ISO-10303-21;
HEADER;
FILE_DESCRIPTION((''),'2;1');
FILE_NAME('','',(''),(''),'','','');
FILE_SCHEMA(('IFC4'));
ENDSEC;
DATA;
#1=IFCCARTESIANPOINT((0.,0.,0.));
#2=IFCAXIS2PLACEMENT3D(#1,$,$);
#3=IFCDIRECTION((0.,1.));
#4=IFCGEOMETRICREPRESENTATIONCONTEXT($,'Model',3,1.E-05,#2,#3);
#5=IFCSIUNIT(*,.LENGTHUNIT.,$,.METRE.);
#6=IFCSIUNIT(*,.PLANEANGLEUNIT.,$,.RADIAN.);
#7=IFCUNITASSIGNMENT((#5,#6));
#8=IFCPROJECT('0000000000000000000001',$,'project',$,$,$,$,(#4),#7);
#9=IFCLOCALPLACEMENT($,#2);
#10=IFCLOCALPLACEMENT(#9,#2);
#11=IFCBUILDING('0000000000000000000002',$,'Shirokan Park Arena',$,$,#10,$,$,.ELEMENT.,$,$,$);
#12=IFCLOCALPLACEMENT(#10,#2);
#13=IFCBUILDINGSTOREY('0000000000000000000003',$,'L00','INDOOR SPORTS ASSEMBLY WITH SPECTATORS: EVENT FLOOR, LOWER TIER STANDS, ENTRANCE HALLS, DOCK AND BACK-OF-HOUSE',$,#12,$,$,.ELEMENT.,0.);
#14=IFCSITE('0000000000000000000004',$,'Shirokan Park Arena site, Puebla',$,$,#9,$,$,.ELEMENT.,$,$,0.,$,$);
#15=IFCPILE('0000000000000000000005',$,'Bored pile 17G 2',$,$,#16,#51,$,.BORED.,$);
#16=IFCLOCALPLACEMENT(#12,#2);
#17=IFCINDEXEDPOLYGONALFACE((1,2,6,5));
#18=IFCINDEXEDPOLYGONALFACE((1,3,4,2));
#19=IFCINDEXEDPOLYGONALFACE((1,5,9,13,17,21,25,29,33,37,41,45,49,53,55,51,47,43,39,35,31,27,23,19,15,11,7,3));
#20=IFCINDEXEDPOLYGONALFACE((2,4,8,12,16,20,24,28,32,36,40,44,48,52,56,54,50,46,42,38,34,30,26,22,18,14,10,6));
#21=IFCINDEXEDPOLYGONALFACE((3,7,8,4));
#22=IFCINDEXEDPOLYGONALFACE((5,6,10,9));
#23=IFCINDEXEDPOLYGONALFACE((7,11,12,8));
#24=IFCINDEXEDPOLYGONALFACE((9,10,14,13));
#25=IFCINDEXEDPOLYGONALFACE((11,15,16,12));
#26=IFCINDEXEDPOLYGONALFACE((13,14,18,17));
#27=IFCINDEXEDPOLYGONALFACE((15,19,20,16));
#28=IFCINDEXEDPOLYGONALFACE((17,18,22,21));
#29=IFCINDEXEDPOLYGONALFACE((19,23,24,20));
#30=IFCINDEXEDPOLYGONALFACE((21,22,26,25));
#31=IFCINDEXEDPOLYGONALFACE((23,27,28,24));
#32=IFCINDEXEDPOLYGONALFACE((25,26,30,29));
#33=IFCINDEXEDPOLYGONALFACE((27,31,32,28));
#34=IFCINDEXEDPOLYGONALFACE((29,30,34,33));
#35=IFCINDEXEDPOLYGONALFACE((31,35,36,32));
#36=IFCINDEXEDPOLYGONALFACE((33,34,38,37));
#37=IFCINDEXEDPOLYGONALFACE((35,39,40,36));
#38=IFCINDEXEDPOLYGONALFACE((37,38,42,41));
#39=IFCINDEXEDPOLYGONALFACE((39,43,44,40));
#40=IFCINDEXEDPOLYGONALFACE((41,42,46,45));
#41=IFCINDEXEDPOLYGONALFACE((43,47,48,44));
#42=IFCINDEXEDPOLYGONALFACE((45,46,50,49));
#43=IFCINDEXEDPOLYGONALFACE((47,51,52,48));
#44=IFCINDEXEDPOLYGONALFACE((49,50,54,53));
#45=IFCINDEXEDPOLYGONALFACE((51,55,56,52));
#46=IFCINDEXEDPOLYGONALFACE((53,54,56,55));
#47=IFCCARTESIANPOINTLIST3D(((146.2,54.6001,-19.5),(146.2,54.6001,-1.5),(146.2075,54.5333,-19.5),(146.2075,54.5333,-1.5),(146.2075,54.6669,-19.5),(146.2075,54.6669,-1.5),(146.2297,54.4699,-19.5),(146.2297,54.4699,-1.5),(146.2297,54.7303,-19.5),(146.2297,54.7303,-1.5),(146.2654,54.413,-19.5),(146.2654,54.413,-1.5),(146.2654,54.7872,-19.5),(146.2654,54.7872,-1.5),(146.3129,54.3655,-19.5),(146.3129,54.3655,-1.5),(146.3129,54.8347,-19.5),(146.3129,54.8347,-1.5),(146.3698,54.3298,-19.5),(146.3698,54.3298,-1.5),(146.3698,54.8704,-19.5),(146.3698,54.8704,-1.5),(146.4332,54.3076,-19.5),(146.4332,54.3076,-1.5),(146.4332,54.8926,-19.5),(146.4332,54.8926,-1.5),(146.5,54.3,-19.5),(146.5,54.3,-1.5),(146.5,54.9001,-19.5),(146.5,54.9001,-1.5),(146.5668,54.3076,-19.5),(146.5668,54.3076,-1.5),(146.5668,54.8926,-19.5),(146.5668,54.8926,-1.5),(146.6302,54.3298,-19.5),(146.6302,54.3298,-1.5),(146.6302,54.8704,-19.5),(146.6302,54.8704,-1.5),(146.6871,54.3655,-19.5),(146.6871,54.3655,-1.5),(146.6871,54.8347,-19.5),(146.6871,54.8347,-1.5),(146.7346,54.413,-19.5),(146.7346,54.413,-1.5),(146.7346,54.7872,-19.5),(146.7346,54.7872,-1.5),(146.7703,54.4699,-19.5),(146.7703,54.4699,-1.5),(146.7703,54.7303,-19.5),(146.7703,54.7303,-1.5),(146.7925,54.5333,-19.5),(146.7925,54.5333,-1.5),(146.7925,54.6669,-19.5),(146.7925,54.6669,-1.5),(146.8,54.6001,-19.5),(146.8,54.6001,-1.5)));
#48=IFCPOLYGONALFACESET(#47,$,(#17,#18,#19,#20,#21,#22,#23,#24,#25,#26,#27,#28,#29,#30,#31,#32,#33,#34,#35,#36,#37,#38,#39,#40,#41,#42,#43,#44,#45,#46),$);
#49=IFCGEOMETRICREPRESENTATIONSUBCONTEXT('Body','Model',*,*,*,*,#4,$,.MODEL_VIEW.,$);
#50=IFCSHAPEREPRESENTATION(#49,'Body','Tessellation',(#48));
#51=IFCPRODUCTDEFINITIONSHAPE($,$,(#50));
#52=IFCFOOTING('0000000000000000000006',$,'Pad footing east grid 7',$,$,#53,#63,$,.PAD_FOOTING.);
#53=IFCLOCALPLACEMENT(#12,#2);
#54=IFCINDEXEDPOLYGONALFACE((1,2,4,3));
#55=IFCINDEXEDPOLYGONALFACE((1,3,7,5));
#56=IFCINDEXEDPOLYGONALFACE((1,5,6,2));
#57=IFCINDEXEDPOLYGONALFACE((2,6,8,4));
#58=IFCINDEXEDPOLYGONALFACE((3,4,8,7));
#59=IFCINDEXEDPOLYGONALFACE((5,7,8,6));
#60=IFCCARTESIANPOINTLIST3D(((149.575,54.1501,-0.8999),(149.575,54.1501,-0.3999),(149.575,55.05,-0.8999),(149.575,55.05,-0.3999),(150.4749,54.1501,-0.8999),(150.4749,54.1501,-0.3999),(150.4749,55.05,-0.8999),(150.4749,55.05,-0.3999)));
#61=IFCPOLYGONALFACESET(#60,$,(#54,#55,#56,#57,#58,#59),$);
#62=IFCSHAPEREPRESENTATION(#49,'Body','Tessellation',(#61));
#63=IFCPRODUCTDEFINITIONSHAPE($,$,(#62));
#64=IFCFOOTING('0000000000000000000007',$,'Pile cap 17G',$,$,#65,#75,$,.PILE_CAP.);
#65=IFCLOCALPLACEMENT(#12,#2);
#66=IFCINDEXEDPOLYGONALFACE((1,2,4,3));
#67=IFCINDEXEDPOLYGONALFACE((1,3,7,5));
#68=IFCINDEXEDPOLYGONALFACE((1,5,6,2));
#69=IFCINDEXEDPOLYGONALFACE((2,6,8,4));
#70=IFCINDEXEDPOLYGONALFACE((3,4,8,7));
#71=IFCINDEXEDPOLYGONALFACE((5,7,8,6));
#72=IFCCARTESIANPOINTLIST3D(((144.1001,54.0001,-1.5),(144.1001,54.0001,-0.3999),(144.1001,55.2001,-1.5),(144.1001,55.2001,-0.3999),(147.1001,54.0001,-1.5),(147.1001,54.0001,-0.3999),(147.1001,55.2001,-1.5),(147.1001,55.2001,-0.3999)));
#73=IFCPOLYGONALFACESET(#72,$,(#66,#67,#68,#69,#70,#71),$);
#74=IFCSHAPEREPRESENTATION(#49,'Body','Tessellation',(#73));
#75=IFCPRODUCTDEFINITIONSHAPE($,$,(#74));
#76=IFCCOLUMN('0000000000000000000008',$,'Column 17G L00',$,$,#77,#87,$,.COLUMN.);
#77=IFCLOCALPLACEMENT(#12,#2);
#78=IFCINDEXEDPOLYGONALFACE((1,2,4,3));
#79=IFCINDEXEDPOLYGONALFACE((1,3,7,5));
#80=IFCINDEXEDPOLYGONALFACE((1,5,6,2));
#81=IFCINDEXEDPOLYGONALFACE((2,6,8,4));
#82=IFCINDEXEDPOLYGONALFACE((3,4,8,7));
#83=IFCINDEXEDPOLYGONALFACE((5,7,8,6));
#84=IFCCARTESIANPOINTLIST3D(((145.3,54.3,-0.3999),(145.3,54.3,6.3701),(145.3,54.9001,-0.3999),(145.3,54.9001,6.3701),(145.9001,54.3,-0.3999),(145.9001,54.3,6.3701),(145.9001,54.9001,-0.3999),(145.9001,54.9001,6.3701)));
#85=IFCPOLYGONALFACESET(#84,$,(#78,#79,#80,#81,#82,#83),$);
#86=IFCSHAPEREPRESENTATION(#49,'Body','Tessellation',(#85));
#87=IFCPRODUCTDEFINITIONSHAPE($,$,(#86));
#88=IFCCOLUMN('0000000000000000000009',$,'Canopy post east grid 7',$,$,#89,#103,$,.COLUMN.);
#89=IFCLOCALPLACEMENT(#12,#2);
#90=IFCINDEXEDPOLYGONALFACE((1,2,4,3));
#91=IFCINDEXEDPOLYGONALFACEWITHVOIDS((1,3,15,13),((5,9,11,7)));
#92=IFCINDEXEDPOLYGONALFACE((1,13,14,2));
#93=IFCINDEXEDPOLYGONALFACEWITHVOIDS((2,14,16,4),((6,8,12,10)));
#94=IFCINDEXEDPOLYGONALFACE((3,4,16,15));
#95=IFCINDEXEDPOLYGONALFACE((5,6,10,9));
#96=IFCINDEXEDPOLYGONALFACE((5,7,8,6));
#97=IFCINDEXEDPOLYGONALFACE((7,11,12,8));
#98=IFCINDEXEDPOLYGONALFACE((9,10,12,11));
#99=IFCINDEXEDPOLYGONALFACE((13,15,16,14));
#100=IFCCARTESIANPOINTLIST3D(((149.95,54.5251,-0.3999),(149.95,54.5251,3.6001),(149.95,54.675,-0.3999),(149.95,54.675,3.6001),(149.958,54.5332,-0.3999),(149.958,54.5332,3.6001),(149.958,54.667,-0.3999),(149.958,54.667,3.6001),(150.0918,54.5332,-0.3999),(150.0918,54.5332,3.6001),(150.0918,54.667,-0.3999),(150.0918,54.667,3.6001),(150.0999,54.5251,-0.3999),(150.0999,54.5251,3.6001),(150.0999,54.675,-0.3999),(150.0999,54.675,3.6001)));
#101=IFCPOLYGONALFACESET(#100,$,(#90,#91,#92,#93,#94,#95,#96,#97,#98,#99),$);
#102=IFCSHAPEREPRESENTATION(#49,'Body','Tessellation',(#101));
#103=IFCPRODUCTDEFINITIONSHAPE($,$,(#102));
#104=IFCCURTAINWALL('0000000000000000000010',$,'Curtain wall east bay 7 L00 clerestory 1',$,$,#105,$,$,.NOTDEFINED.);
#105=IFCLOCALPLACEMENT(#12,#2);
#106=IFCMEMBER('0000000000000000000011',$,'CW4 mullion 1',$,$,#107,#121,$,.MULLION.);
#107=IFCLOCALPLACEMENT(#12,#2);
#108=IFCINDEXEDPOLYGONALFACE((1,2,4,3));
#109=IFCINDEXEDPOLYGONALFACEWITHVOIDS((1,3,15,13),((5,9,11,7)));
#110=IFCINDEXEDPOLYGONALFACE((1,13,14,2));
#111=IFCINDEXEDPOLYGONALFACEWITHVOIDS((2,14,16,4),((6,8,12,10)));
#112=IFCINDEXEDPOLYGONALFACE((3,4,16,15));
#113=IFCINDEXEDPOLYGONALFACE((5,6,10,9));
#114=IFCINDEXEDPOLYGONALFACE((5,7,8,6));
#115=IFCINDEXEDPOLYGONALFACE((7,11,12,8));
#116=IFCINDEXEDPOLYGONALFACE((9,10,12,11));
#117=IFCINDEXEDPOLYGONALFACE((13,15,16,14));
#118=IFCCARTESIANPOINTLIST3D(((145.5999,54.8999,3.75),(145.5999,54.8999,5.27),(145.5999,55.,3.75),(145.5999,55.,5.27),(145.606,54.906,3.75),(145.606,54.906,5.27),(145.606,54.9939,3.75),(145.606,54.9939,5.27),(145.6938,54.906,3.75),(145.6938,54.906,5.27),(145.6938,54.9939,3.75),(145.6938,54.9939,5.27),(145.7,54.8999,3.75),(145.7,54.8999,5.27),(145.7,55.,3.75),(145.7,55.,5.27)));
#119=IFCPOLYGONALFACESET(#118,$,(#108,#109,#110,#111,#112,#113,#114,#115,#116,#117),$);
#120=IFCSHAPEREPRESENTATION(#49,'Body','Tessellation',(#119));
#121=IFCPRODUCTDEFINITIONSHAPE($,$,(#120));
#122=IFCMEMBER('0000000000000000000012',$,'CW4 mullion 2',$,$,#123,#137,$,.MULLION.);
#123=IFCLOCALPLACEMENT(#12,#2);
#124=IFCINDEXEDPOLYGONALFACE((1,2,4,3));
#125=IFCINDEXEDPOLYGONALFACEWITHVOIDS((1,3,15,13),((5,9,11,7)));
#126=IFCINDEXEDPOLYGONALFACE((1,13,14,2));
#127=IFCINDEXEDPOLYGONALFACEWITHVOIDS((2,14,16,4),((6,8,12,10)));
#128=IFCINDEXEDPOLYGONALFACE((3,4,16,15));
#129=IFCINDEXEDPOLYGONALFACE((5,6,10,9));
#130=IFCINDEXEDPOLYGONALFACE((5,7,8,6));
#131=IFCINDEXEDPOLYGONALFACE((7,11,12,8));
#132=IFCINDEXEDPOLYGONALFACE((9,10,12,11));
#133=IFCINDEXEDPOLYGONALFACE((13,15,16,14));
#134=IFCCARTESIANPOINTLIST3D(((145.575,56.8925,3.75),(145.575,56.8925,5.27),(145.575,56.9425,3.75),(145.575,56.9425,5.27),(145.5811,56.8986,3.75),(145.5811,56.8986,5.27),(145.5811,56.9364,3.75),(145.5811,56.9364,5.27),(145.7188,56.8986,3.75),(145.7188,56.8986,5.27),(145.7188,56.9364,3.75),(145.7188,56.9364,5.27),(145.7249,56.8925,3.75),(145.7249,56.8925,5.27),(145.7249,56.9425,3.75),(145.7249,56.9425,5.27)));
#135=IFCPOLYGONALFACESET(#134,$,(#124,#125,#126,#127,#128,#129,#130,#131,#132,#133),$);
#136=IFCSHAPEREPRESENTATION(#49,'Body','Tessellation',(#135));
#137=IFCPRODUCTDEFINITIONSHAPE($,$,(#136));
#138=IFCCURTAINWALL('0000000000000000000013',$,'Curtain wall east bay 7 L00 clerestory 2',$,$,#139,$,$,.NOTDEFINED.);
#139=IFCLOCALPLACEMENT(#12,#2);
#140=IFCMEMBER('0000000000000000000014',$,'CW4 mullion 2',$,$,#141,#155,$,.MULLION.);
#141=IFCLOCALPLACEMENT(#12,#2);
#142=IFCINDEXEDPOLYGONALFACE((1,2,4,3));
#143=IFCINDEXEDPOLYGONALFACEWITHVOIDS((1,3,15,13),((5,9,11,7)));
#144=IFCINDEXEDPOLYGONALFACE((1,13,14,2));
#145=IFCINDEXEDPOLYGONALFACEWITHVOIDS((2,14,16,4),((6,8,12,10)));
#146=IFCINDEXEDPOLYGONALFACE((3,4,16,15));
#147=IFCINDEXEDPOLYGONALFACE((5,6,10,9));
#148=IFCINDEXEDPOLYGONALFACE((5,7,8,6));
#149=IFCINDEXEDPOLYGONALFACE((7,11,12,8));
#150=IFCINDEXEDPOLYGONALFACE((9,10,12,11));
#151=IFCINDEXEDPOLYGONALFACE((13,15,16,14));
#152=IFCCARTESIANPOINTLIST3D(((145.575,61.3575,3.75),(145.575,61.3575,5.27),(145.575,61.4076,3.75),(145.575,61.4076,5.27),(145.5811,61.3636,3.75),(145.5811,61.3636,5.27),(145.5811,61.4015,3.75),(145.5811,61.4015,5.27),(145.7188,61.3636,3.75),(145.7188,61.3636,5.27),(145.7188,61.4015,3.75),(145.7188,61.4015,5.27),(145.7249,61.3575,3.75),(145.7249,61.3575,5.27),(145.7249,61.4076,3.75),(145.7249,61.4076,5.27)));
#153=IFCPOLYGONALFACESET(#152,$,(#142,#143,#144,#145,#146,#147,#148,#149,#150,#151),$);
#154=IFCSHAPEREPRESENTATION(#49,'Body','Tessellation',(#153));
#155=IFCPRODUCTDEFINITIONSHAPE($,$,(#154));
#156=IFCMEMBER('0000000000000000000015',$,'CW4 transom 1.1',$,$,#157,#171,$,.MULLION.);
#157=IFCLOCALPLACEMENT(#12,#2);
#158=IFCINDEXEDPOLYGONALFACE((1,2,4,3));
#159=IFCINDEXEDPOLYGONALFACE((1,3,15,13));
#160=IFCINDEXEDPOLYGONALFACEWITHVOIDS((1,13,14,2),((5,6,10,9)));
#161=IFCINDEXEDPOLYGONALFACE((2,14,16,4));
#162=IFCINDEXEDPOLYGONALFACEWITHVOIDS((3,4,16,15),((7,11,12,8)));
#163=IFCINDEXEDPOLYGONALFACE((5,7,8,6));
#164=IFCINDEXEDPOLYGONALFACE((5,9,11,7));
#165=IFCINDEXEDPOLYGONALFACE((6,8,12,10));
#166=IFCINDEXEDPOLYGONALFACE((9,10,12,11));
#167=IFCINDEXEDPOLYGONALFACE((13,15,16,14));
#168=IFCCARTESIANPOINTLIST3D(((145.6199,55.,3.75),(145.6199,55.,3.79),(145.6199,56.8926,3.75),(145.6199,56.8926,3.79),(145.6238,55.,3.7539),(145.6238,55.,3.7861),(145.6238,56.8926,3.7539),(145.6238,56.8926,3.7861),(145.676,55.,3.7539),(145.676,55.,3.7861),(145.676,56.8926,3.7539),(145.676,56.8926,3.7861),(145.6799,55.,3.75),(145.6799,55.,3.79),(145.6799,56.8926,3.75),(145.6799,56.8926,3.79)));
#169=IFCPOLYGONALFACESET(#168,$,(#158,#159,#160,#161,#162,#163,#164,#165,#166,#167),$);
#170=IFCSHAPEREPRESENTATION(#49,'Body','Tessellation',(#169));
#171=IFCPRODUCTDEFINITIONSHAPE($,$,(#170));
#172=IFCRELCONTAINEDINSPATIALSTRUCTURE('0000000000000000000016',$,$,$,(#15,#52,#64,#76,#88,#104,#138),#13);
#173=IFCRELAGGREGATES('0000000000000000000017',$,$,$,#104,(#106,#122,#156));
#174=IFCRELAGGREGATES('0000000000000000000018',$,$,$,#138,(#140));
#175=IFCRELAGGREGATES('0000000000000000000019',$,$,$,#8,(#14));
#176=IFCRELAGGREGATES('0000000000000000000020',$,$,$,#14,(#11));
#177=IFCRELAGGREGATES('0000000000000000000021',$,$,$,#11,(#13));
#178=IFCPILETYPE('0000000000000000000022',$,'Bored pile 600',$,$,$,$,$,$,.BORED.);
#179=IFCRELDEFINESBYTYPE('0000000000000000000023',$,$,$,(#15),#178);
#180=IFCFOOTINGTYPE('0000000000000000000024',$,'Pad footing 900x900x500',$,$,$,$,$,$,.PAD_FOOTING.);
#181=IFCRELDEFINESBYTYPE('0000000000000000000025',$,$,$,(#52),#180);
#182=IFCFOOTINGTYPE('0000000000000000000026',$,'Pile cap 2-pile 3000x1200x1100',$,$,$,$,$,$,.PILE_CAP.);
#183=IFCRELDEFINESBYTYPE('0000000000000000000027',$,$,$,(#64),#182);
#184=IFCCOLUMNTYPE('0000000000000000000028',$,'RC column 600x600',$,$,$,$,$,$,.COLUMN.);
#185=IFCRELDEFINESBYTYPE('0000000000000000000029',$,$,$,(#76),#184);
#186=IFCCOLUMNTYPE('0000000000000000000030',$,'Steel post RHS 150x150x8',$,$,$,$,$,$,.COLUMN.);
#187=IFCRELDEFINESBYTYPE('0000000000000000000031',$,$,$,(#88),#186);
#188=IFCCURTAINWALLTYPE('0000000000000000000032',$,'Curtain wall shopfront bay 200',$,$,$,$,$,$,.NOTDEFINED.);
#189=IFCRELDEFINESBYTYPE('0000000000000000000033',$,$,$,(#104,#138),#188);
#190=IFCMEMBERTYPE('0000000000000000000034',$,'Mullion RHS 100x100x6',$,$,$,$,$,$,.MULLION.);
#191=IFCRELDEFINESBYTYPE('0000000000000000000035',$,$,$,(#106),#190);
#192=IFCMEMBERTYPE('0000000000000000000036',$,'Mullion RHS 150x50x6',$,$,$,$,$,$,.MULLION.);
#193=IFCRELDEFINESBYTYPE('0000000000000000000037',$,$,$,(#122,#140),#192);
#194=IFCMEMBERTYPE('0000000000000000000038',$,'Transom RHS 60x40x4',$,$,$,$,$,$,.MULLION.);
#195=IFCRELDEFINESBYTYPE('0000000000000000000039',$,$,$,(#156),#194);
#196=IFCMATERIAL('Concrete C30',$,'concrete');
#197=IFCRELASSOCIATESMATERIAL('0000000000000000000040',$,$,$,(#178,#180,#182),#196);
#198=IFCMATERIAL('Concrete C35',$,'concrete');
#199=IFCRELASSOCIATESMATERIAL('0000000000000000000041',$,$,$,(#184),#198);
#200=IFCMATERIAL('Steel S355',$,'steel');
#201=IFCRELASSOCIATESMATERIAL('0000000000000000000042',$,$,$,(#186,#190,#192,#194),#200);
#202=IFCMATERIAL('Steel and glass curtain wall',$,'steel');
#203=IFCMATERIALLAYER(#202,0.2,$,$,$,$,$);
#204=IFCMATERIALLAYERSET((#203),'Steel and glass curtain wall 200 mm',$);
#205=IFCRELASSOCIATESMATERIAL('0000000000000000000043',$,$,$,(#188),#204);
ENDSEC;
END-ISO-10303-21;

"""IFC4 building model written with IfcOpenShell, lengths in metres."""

from ifc_helpers import new_model, si_unit, direction, frame, origin, origin_2d, place, context, subcontext, project, spatial, rectangle, hollow_rectangle, circle, extrude, material, layer, layer_set, material_profile, profile_set, type_object, element, aggregate, save


model = new_model("IFC4")

# Units and contexts
model_context = context("Model", 3, precision=1e-05, world=origin(), true_north=direction((0.0, 1.0)))
body_context = subcontext(model_context, "Body", "Model", "MODEL_VIEW")
ifc_project = project(units=[si_unit("LENGTHUNIT", "METRE"), si_unit("PLANEANGLEUNIT", "RADIAN")], contexts=[model_context])

# Site, building, storey
site_placement = place(None, origin())
site = spatial("IfcSite", under=ifc_project, at=site_placement, Name="Shirokan Park Arena site, Puebla", CompositionType="ELEMENT", RefElevation=0.0)
building_placement = place(site_placement, origin())
building = spatial("IfcBuilding", under=site, at=building_placement, Name="Shirokan Park Arena", CompositionType="ELEMENT")
storey_placement = place(building_placement, origin())
storey = spatial("IfcBuildingStorey", under=building, at=storey_placement, Name="L00", Description="INDOOR SPORTS ASSEMBLY WITH SPECTATORS: EVENT FLOOR, LOWER TIER STANDS, ENTRANCE HALLS, DOCK AND BACK-OF-HOUSE", CompositionType="ELEMENT", Elevation=0.0)

# Pile
ifc_material_1 = material(Name="Concrete C30", Category="concrete")
ifc_material_profile_1 = material_profile(ifc_material_1, circle(Radius=0.3, at=origin_2d()), Name="D600")
ifc_profile_set_1 = profile_set([ifc_material_profile_1], Name="Concrete C30")
pile_type = type_object("IfcPileType", Name="Bored pile 600", PredefinedType="BORED", material=ifc_profile_set_1)
pile_placement = place(storey_placement, frame((146.5, 54.6001, -1.5), z_axis=(0.0, 0.0, -1.0), x_axis=(1.0, 0.0, 0.0)))
element("IfcPile", 1, at=pile_placement, inside=storey, type_object=pile_type, Name="Bored pile 17G 2", PredefinedType="BORED", context=body_context, shape_type="SweptSolid", body=[
    extrude(circle(Radius=0.3, at=origin_2d()), origin(), (0.0, 0.0, 1.0), 18.0),
])

# Footings
footing_type_1 = type_object("IfcFootingType", Name="Pad footing 900x900x500", PredefinedType="PAD_FOOTING", material=ifc_material_1)
footing_1_placement = place(storey_placement, frame((150.0249, 54.6001, -0.8999), z_axis=(0.0, 0.0, 1.0), x_axis=(1.0, 0.0, 0.0)))
element("IfcFooting", 2, at=footing_1_placement, inside=storey, type_object=footing_type_1, Name="Pad footing east grid 7", PredefinedType="PAD_FOOTING", context=body_context, shape_type="SweptSolid", body=[
    extrude(rectangle(XDim=0.8999, YDim=0.8999, at=origin_2d()), origin(), (0.0, 0.0, 1.0), 0.5),
])
footing_type_2 = type_object("IfcFootingType", Name="Pile cap 2-pile 3000x1200x1100", PredefinedType="PILE_CAP", material=ifc_material_1)
footing_2_placement = place(storey_placement, frame((145.6001, 54.6001, -1.5), z_axis=(0.0, 0.0, 1.0), x_axis=(1.0, 0.0, 0.0)))
element("IfcFooting", 3, at=footing_2_placement, inside=storey, type_object=footing_type_2, Name="Pile cap 17G", PredefinedType="PILE_CAP", context=body_context, shape_type="SweptSolid", body=[
    extrude(rectangle(XDim=3.0, YDim=1.2, at=origin_2d()), origin(), (0.0, 0.0, 1.0), 1.1001),
])

# Columns
ifc_material_2 = material(Name="Concrete C35", Category="concrete")
ifc_material_profile_2 = material_profile(ifc_material_2, rectangle(XDim=0.6001, YDim=0.6001, at=origin_2d()), Name="600x600")
ifc_profile_set_2 = profile_set([ifc_material_profile_2], Name="Concrete C35")
column_type_1 = type_object("IfcColumnType", Name="RC column 600x600", PredefinedType="COLUMN", material=ifc_profile_set_2)
column_1_placement = place(storey_placement, frame((145.6001, 54.6001, -0.3999), z_axis=(0.0, 0.0, 1.0), x_axis=(1.0, 0.0, 0.0)))
element("IfcColumn", 4, at=column_1_placement, inside=storey, type_object=column_type_1, Name="Column 17G L00", PredefinedType="COLUMN", context=body_context, shape_type="SweptSolid", body=[
    extrude(rectangle(XDim=0.6001, YDim=0.6001, at=origin_2d()), origin(), (0.0, 0.0, 1.0), 6.77),
])
ifc_material_3 = material(Name="Steel S355", Category="steel")
ifc_material_profile_3 = material_profile(ifc_material_3, hollow_rectangle(XDim=0.1499, YDim=0.1499, WallThickness=0.0081, at=origin_2d()), Name="RHS 150x150x8")
ifc_profile_set_3 = profile_set([ifc_material_profile_3], Name="Steel S355")
column_type_2 = type_object("IfcColumnType", Name="Steel post RHS 150x150x8", PredefinedType="COLUMN", material=ifc_profile_set_3)
column_2_placement = place(storey_placement, frame((150.0249, 54.6001, -0.3999), z_axis=(0.0, 0.0, 1.0), x_axis=(1.0, 0.0, 0.0)))
element("IfcColumn", 5, at=column_2_placement, inside=storey, type_object=column_type_2, Name="Canopy post east grid 7", PredefinedType="COLUMN", context=body_context, shape_type="SweptSolid", body=[
    extrude(hollow_rectangle(XDim=0.1499, YDim=0.1499, WallThickness=0.0081, at=origin_2d()), origin(), (0.0, 0.0, 1.0), 4.0),
])

# Curtain wall, members
ifc_material_4 = material(Name="Steel and glass curtain wall", Category="steel")
ifc_layer_1 = layer(ifc_material_4, 0.2)
ifc_layer_set_1 = layer_set([ifc_layer_1], Name="Steel and glass curtain wall 200 mm")
curtain_wall_type = type_object("IfcCurtainWallType", Name="Curtain wall shopfront bay 200", PredefinedType="NOTDEFINED", material=ifc_layer_set_1)
curtain_wall_1_placement = place(storey_placement, origin())
curtain_wall_1 = element("IfcCurtainWall", 6, at=curtain_wall_1_placement, inside=storey, type_object=curtain_wall_type, Name="Curtain wall east bay 7 L00 clerestory 1", PredefinedType="NOTDEFINED")
ifc_material_profile_4 = material_profile(ifc_material_3, hollow_rectangle(XDim=0.1001, YDim=0.1001, WallThickness=0.0061, at=origin_2d()), Name="RHS 100x100x6")
ifc_profile_set_4 = profile_set([ifc_material_profile_4], Name="Steel S355")
member_type_1 = type_object("IfcMemberType", Name="Mullion RHS 100x100x6", PredefinedType="MULLION", material=ifc_profile_set_4)
member_1_placement = place(storey_placement, frame((145.6499, 54.95, 3.75), z_axis=(0.0, 0.0, 1.0), x_axis=(-1.0, 0.0, 0.0)))
member_1 = element("IfcMember", 7, at=member_1_placement, type_object=member_type_1, Name="CW4 mullion 1", PredefinedType="MULLION", context=body_context, shape_type="SweptSolid", body=[
    extrude(hollow_rectangle(XDim=0.1001, YDim=0.1001, WallThickness=0.0061, at=origin_2d()), origin(), (0.0, 0.0, 1.0), 1.52),
])
ifc_material_profile_5 = material_profile(ifc_material_3, hollow_rectangle(XDim=0.1499, YDim=0.05, WallThickness=0.0061, at=origin_2d()), Name="RHS 150x50x6")
ifc_profile_set_5 = profile_set([ifc_material_profile_5], Name="Steel S355")
member_type_2 = type_object("IfcMemberType", Name="Mullion RHS 150x50x6", PredefinedType="MULLION", material=ifc_profile_set_5)
member_2_placement = place(storey_placement, frame((145.6499, 56.9175, 3.75), z_axis=(0.0, 0.0, 1.0), x_axis=(-1.0, 0.0, 0.0)))
member_2 = element("IfcMember", 8, at=member_2_placement, type_object=member_type_2, Name="CW4 mullion 2", PredefinedType="MULLION", context=body_context, shape_type="SweptSolid", body=[
    extrude(hollow_rectangle(XDim=0.1499, YDim=0.05, WallThickness=0.0061, at=origin_2d()), origin(), (0.0, 0.0, 1.0), 1.52),
])

# Curtain wall, member
curtain_wall_2_placement = place(storey_placement, origin())
curtain_wall_2 = element("IfcCurtainWall", 9, at=curtain_wall_2_placement, inside=storey, type_object=curtain_wall_type, Name="Curtain wall east bay 7 L00 clerestory 2", PredefinedType="NOTDEFINED")
member_3_placement = place(storey_placement, frame((145.6499, 61.3826, 3.75), z_axis=(0.0, 0.0, 1.0), x_axis=(-1.0, 0.0, 0.0)))
member_3 = element("IfcMember", 10, at=member_3_placement, type_object=member_type_2, Name="CW4 mullion 2", PredefinedType="MULLION", context=body_context, shape_type="SweptSolid", body=[
    extrude(hollow_rectangle(XDim=0.1499, YDim=0.05, WallThickness=0.0061, at=origin_2d()), origin(), (0.0, 0.0, 1.0), 1.52),
])

# Member
ifc_material_profile_6 = material_profile(ifc_material_3, hollow_rectangle(XDim=0.0601, YDim=0.04, WallThickness=0.0039, at=origin_2d()), Name="RHS 60x40x4")
ifc_profile_set_6 = profile_set([ifc_material_profile_6], Name="Steel S355")
member_type_3 = type_object("IfcMemberType", Name="Transom RHS 60x40x4", PredefinedType="MULLION", material=ifc_profile_set_6)
member_4_placement = place(storey_placement, frame((145.6499, 55.0, 3.77), z_axis=(0.0, 1.0, 0.0), x_axis=(-1.0, 0.0, 0.0)))
member_4 = element("IfcMember", 11, at=member_4_placement, type_object=member_type_3, Name="CW4 transom 1.1", PredefinedType="MULLION", context=body_context, shape_type="SweptSolid", body=[
    extrude(hollow_rectangle(XDim=0.0601, YDim=0.04, WallThickness=0.0039, at=origin_2d()), origin(), (0.0, 0.0, 1.0), 1.8926),
])

aggregate(curtain_wall_1, [member_1, member_2, member_4])
aggregate(curtain_wall_2, [member_3])

save(model, "model.ifc")
